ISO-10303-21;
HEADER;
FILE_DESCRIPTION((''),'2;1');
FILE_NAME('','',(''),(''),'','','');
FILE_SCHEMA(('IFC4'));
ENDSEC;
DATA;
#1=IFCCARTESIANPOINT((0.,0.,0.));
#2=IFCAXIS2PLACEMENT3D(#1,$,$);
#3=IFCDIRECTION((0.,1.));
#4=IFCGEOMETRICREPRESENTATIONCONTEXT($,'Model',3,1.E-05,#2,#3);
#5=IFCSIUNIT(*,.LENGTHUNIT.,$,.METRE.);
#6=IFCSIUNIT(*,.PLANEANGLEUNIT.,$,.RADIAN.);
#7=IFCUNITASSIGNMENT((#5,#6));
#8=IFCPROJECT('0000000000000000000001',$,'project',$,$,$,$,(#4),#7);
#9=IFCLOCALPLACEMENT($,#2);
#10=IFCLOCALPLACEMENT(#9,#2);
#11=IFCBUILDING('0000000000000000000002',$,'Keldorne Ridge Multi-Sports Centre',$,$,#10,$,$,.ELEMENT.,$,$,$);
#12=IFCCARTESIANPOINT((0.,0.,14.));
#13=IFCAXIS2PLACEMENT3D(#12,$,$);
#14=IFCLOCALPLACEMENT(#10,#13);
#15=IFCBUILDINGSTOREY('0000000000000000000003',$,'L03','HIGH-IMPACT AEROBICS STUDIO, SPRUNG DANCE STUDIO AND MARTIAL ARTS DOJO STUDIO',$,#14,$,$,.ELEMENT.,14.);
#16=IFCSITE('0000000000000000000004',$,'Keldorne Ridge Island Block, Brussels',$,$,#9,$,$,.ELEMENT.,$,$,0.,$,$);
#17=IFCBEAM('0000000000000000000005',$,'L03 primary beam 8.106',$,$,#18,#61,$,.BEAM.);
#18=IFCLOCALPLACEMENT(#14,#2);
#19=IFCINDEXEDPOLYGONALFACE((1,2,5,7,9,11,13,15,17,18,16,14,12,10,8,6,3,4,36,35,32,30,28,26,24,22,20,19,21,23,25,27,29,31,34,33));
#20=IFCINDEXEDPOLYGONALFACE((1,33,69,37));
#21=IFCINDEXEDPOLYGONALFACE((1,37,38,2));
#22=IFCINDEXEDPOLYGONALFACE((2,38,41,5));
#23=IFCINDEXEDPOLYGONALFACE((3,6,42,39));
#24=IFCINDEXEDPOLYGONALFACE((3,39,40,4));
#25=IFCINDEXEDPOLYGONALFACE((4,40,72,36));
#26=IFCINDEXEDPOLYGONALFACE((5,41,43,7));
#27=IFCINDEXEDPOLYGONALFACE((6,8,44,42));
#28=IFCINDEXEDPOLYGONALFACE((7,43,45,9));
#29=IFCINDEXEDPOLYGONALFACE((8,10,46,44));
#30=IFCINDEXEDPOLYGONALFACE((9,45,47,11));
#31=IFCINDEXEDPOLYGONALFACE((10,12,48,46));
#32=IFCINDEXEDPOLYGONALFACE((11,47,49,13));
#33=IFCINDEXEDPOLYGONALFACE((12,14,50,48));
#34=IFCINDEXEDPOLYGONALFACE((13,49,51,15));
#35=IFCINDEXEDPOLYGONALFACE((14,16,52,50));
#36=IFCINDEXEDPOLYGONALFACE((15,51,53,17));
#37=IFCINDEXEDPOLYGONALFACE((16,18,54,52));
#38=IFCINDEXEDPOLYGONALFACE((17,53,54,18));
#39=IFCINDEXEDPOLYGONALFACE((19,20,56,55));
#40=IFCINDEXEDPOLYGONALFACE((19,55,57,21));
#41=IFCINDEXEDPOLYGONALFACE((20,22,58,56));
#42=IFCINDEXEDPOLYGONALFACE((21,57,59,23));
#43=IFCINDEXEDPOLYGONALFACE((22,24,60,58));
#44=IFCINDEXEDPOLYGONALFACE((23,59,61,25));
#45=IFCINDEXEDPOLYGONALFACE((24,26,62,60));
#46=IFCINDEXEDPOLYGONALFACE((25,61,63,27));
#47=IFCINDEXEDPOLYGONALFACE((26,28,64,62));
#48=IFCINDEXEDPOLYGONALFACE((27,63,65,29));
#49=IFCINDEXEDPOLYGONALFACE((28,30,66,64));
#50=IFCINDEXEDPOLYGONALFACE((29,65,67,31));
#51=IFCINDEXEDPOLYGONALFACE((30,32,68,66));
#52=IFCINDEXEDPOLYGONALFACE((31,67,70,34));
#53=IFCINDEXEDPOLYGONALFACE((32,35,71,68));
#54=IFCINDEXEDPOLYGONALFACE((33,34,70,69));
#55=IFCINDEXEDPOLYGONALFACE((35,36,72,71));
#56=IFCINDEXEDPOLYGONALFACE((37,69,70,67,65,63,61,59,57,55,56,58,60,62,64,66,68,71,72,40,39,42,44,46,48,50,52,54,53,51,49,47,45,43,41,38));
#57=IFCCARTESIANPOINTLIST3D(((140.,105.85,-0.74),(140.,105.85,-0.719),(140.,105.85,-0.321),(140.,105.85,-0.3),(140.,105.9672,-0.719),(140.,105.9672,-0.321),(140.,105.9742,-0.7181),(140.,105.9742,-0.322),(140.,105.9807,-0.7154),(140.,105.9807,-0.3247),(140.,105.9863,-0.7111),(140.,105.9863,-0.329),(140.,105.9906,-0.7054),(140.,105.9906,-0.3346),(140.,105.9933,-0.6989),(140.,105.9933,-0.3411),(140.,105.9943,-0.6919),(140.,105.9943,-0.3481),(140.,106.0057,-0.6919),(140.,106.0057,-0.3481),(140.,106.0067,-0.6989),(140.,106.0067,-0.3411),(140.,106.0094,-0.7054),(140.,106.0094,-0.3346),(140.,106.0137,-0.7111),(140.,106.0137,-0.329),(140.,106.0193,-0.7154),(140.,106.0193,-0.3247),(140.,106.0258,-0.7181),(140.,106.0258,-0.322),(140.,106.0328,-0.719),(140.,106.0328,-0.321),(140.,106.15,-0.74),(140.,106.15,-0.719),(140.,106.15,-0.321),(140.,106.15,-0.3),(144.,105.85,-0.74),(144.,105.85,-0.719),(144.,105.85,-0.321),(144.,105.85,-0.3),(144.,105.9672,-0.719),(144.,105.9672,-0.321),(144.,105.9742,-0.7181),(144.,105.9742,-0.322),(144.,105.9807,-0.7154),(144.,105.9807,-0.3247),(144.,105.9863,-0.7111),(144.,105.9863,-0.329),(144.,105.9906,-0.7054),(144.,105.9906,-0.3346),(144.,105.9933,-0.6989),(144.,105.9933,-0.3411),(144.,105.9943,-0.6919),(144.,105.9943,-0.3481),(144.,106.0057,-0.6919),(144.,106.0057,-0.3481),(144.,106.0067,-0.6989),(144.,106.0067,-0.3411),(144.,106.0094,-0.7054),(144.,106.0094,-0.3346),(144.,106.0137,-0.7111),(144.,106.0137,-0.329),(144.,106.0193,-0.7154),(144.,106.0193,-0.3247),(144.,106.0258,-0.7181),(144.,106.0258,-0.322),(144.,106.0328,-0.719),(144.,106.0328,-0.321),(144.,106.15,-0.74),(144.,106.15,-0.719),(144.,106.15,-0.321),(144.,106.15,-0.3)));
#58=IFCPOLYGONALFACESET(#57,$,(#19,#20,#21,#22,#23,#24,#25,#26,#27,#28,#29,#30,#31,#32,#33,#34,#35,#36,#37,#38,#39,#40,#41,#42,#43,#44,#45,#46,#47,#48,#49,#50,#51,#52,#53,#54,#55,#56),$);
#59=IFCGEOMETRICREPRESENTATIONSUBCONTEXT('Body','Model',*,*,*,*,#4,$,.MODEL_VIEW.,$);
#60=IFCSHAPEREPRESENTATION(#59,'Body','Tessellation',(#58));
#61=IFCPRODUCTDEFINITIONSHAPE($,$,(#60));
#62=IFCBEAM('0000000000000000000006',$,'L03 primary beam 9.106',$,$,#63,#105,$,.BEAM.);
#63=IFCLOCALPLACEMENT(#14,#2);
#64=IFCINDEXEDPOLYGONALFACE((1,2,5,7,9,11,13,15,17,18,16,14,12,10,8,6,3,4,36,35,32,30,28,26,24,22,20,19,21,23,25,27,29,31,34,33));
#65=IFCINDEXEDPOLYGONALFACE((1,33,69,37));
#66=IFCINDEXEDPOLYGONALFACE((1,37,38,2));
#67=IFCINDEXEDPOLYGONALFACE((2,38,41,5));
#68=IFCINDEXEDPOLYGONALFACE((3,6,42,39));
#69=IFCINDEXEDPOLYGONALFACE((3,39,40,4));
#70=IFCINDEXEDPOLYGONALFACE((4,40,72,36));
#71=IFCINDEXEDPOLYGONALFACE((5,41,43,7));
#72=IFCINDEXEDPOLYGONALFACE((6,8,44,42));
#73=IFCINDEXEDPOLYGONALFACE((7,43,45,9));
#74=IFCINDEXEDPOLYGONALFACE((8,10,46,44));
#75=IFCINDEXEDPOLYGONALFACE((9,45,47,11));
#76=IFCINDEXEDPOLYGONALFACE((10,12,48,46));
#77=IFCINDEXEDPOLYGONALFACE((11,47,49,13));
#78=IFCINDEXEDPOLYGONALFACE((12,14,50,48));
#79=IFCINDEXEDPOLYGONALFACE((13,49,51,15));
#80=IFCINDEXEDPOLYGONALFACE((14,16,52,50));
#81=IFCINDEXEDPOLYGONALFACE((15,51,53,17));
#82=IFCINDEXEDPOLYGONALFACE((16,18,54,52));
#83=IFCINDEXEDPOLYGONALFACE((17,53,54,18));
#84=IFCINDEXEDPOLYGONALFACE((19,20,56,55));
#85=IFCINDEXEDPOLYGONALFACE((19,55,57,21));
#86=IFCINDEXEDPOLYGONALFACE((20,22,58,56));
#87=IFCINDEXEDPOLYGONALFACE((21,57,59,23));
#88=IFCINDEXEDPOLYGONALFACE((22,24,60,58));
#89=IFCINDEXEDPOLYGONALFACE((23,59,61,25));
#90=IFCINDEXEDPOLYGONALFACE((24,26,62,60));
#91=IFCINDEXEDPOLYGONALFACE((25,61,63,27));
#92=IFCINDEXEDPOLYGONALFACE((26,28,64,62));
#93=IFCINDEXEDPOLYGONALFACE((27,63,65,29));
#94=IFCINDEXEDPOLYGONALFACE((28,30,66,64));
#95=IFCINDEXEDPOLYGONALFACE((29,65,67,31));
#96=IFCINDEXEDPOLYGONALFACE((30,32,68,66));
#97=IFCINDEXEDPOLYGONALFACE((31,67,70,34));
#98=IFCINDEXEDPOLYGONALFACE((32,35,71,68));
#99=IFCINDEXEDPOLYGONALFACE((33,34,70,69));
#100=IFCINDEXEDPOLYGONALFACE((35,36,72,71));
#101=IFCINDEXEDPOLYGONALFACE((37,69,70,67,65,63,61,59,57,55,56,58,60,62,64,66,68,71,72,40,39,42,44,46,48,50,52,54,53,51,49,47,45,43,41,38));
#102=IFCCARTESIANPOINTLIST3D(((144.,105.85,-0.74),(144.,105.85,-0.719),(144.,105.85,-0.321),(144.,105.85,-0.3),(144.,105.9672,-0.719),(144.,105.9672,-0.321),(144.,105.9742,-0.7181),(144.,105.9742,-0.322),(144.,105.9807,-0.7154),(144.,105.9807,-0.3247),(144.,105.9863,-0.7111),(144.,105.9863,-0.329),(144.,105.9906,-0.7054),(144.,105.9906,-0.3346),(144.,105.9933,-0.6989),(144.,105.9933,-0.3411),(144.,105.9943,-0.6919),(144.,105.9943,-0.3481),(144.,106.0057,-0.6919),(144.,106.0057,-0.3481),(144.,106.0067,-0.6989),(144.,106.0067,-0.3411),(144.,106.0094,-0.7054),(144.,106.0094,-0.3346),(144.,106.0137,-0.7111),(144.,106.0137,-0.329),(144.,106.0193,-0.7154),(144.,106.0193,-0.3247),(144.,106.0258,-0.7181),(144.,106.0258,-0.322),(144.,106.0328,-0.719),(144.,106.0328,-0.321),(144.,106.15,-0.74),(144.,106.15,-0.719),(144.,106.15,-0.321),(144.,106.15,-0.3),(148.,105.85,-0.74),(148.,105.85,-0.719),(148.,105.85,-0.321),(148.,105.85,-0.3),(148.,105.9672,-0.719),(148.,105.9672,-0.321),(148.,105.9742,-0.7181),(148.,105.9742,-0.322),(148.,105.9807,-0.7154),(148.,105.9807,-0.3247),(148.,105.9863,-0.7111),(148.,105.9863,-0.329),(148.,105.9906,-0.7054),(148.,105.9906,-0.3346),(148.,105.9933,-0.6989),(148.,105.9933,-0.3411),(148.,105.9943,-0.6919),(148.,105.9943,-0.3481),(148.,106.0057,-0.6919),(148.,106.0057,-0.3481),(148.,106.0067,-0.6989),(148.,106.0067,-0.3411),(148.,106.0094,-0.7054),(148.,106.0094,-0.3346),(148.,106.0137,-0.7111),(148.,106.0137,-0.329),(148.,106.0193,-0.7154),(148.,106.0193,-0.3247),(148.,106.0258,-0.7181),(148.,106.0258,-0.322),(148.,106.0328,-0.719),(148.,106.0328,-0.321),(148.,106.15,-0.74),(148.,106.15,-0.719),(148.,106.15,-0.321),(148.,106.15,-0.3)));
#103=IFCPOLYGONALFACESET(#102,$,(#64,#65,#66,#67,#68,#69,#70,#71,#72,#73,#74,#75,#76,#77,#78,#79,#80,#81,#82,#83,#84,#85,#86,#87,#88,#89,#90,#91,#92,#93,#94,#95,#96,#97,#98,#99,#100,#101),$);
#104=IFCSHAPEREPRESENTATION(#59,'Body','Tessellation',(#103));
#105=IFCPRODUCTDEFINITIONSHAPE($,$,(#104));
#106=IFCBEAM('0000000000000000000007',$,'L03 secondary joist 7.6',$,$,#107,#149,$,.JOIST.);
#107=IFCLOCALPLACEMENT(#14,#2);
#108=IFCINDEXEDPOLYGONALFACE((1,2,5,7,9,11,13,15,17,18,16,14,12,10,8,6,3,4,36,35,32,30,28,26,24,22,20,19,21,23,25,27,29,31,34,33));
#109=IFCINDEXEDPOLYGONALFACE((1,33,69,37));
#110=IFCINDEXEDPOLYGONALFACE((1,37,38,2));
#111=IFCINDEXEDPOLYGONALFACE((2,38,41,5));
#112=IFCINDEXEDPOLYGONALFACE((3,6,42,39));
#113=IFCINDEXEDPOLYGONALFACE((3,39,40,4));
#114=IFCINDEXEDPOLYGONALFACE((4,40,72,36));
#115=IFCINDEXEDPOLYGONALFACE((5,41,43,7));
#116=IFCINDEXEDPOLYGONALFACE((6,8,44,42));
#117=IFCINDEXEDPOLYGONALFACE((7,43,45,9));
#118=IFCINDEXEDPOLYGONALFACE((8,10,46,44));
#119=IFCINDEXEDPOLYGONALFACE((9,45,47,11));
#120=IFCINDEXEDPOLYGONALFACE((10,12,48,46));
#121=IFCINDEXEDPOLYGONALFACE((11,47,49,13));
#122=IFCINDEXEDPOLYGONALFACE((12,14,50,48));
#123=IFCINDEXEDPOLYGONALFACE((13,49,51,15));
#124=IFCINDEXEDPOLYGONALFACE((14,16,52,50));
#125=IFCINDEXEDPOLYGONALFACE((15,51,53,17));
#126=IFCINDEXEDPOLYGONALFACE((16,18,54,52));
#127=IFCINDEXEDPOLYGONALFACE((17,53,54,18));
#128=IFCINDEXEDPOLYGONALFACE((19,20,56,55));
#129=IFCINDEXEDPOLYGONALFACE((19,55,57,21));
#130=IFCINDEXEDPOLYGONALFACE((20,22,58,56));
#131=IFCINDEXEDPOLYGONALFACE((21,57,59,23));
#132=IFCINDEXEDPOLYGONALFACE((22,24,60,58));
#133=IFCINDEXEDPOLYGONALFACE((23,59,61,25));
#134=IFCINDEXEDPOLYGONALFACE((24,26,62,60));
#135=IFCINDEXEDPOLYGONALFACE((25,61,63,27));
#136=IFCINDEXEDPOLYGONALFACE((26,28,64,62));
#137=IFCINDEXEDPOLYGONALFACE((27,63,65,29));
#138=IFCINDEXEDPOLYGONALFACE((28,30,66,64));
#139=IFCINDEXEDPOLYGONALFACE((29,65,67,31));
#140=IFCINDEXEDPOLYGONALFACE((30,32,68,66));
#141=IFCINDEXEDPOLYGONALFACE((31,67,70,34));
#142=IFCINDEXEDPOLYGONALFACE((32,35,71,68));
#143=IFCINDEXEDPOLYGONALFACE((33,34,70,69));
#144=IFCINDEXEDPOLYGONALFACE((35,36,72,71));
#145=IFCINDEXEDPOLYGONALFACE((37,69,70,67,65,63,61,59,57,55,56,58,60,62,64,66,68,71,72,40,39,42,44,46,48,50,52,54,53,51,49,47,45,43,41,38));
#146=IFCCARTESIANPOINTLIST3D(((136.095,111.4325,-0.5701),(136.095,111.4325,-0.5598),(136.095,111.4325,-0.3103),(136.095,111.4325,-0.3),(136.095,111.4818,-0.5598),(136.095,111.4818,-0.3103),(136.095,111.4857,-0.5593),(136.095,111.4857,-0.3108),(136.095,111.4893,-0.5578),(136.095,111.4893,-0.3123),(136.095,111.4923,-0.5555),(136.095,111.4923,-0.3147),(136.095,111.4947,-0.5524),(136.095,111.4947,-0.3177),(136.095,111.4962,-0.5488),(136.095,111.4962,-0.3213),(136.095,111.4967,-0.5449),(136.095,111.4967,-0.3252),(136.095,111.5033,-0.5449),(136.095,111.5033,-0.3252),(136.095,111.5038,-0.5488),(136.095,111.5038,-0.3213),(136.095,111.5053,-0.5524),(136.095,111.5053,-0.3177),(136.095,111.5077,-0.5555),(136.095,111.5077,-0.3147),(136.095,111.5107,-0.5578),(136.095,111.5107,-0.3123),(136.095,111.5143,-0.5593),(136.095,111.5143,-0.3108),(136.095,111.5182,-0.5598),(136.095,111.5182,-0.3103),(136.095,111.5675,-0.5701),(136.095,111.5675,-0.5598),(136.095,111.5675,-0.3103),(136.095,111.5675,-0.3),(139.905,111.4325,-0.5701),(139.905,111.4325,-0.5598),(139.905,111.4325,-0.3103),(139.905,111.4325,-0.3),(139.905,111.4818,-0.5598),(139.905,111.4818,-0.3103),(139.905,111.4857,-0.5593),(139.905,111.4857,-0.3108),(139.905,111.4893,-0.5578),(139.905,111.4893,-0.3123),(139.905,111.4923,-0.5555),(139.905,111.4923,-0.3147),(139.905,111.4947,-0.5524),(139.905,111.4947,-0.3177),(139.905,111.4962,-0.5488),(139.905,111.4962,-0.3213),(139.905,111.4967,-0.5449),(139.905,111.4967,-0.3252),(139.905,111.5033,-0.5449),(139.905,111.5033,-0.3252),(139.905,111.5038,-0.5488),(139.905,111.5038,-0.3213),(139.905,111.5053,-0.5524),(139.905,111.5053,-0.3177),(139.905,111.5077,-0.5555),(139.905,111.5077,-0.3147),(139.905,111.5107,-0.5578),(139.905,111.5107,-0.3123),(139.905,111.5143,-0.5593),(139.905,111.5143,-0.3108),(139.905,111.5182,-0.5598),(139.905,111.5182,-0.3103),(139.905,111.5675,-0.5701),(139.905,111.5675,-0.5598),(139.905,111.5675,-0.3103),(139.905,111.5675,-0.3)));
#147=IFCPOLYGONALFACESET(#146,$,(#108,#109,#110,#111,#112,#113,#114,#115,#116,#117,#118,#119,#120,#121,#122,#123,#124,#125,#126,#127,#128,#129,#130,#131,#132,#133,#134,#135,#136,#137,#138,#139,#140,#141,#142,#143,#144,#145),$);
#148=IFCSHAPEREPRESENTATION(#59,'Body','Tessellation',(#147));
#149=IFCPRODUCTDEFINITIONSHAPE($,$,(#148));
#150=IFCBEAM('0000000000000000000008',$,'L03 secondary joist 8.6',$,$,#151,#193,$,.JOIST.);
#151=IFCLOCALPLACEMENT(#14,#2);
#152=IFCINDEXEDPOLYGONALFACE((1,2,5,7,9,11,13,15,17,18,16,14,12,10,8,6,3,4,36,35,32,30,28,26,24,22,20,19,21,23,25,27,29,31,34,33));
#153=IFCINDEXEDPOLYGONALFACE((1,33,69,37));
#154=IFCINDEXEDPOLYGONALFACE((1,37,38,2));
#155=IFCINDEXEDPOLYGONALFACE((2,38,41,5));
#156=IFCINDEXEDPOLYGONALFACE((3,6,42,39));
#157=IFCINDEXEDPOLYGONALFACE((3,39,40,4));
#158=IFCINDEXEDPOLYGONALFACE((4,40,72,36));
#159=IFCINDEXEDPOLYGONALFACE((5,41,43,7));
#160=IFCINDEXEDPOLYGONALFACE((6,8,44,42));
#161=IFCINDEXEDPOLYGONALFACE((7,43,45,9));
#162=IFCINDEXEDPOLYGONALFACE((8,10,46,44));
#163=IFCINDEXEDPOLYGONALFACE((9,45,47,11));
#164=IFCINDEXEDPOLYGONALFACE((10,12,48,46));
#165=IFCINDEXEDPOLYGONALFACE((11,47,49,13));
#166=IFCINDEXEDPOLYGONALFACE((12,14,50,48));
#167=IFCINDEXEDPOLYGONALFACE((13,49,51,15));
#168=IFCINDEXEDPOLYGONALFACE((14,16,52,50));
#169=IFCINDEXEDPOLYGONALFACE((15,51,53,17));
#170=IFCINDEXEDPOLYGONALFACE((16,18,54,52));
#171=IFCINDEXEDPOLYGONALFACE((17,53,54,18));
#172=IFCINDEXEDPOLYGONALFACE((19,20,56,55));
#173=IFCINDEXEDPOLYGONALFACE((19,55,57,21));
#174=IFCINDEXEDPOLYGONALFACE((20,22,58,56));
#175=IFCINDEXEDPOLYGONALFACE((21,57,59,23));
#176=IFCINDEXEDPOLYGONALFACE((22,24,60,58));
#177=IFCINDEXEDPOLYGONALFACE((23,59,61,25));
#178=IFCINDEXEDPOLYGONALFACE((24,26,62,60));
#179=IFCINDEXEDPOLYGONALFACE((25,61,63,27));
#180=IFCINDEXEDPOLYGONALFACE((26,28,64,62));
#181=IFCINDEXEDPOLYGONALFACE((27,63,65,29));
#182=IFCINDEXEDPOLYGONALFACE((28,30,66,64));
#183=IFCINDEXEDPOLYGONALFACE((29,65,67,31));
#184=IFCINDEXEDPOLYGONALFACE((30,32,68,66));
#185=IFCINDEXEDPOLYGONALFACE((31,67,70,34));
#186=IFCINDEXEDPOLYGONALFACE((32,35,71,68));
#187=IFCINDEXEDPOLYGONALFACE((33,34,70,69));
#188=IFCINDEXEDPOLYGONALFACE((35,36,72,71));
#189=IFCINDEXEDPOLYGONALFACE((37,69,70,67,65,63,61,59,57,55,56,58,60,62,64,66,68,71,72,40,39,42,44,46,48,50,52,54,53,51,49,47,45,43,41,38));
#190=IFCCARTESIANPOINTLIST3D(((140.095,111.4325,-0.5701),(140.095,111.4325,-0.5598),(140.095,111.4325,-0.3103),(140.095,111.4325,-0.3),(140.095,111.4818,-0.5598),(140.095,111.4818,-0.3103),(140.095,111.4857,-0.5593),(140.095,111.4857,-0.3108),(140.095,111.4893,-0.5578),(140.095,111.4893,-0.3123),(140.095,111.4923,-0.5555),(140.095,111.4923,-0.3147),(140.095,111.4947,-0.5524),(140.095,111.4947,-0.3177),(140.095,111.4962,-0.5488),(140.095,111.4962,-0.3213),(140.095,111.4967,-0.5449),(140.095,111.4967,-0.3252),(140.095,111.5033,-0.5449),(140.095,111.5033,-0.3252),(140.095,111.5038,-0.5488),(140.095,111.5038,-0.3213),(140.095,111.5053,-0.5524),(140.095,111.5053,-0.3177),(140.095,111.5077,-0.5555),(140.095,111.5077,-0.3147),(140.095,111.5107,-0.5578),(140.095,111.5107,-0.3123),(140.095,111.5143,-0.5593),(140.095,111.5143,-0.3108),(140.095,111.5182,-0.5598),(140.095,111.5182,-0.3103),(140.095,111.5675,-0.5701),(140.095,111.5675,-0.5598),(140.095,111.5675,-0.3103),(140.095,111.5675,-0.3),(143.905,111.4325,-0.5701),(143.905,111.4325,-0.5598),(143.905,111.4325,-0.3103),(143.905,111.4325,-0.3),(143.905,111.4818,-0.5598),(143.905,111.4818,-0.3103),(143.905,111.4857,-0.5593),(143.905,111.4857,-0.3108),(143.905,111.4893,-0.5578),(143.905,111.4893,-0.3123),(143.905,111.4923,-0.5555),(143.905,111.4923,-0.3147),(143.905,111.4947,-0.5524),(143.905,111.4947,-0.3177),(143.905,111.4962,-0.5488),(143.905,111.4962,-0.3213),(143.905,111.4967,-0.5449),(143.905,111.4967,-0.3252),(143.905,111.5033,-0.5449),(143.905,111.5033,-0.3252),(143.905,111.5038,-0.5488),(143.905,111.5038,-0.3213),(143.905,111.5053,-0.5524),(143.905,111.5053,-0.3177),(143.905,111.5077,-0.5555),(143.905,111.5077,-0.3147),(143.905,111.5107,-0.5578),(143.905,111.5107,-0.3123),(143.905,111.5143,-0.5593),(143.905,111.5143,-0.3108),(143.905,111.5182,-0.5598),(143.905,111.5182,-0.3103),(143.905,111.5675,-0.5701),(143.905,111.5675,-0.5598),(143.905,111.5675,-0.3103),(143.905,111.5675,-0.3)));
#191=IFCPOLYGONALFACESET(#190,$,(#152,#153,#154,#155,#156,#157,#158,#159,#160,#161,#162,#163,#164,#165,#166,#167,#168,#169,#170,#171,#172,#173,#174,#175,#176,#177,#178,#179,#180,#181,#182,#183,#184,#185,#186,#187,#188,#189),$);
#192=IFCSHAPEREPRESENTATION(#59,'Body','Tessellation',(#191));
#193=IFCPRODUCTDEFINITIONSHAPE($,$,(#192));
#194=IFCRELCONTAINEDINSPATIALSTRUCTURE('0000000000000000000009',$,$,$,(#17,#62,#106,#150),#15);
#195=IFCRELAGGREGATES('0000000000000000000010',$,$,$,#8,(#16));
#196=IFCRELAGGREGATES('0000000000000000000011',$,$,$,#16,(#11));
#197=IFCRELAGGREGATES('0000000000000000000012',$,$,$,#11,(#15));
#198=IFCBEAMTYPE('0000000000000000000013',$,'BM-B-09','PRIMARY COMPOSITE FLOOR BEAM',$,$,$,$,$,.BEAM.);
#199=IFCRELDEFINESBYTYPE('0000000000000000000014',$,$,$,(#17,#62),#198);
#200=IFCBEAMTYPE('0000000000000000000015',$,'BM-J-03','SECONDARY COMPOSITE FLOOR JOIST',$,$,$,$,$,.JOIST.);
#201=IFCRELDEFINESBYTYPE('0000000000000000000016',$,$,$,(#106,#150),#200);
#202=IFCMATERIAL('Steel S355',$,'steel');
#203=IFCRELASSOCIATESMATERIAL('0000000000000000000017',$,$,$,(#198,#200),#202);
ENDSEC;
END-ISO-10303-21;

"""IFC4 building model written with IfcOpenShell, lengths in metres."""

from ifc_helpers import new_model, si_unit, direction, frame, origin, origin_2d, place, context, subcontext, project, spatial, i_section, extrude, material, material_profile, profile_set, type_object, element, save


model = new_model("IFC4")

# Units and contexts
model_context = context("Model", 3, precision=1e-05, world=origin(), true_north=direction((0.0, 1.0)))
body_context = subcontext(model_context, "Body", "Model", "MODEL_VIEW")
ifc_project = project(units=[si_unit("LENGTHUNIT", "METRE"), si_unit("PLANEANGLEUNIT", "RADIAN")], contexts=[model_context])

# Site, building, storey
site_placement = place(None, origin())
site = spatial("IfcSite", under=ifc_project, at=site_placement, Name="Keldorne Ridge Island Block, Brussels", CompositionType="ELEMENT", RefElevation=0.0)
building_placement = place(site_placement, origin())
building = spatial("IfcBuilding", under=site, at=building_placement, Name="Keldorne Ridge Multi-Sports Centre", CompositionType="ELEMENT")
storey_placement = place(building_placement, frame((0.0, 0.0, 14.0)))
storey = spatial("IfcBuildingStorey", under=building, at=storey_placement, Name="L03", Description="HIGH-IMPACT AEROBICS STUDIO, SPRUNG DANCE STUDIO AND MARTIAL ARTS DOJO STUDIO", CompositionType="ELEMENT", Elevation=14.0)

# Shared definitions
ifc_material_1 = material(Name="Steel S355", Category="steel")

# Beams
ifc_material_profile_1 = material_profile(ifc_material_1, i_section(OverallWidth=0.3, OverallDepth=0.4399, WebThickness=0.0115, FlangeThickness=0.021, FilletRadius=0.0271, at=origin_2d()), Name="HEA 450")
ifc_profile_set_1 = profile_set([ifc_material_profile_1], Name="Steel S355")
beam_type_1 = type_object("IfcBeamType", Name="BM-B-09", Description="PRIMARY COMPOSITE FLOOR BEAM", PredefinedType="BEAM", material=ifc_profile_set_1)
for number, where, z_axis, x_axis, name in (
    (1, (140.0, 106.0, -0.52), (1.0, 0.0, 0.0), (0.0, 1.0, 0.0), "L03 primary beam 8.106"),
    (2, (144.0, 106.0, -0.52), (1.0, 0.0, 0.0), (0.0, 1.0, 0.0), "L03 primary beam 9.106"),
):
    element("IfcBeam", number, at=place(storey_placement, frame(where, z_axis=z_axis, x_axis=x_axis)), inside=storey, type_object=beam_type_1, Name=name, PredefinedType="BEAM", context=body_context, shape_type="SweptSolid", body=[
        extrude(i_section(OverallWidth=0.3, OverallDepth=0.4399, WebThickness=0.0115, FlangeThickness=0.021, FilletRadius=0.0271, at=origin_2d()), origin(), (0.0, 0.0, 1.0), 4.0),
    ])
ifc_material_profile_2 = material_profile(ifc_material_1, i_section(OverallWidth=0.135, OverallDepth=0.27, WebThickness=0.0066, FlangeThickness=0.0103, FilletRadius=0.0149, at=origin_2d()), Name="IPE 270")
ifc_profile_set_2 = profile_set([ifc_material_profile_2], Name="Steel S355")
beam_type_2 = type_object("IfcBeamType", Name="BM-J-03", Description="SECONDARY COMPOSITE FLOOR JOIST", PredefinedType="JOIST", material=ifc_profile_set_2)
for number, where, z_axis, x_axis, name in (
    (3, (136.095, 111.5, -0.4351), (1.0, 0.0, 0.0), (0.0, 1.0, 0.0), "L03 secondary joist 7.6"),
    (4, (140.095, 111.5, -0.4351), (1.0, 0.0, 0.0), (0.0, 1.0, 0.0), "L03 secondary joist 8.6"),
):
    element("IfcBeam", number, at=place(storey_placement, frame(where, z_axis=z_axis, x_axis=x_axis)), inside=storey, type_object=beam_type_2, Name=name, PredefinedType="JOIST", context=body_context, shape_type="SweptSolid", body=[
        extrude(i_section(OverallWidth=0.135, OverallDepth=0.27, WebThickness=0.0066, FlangeThickness=0.0103, FilletRadius=0.0149, at=origin_2d()), origin(), (0.0, 0.0, 1.0), 3.8101),
    ])

save(model, "model.ifc")
